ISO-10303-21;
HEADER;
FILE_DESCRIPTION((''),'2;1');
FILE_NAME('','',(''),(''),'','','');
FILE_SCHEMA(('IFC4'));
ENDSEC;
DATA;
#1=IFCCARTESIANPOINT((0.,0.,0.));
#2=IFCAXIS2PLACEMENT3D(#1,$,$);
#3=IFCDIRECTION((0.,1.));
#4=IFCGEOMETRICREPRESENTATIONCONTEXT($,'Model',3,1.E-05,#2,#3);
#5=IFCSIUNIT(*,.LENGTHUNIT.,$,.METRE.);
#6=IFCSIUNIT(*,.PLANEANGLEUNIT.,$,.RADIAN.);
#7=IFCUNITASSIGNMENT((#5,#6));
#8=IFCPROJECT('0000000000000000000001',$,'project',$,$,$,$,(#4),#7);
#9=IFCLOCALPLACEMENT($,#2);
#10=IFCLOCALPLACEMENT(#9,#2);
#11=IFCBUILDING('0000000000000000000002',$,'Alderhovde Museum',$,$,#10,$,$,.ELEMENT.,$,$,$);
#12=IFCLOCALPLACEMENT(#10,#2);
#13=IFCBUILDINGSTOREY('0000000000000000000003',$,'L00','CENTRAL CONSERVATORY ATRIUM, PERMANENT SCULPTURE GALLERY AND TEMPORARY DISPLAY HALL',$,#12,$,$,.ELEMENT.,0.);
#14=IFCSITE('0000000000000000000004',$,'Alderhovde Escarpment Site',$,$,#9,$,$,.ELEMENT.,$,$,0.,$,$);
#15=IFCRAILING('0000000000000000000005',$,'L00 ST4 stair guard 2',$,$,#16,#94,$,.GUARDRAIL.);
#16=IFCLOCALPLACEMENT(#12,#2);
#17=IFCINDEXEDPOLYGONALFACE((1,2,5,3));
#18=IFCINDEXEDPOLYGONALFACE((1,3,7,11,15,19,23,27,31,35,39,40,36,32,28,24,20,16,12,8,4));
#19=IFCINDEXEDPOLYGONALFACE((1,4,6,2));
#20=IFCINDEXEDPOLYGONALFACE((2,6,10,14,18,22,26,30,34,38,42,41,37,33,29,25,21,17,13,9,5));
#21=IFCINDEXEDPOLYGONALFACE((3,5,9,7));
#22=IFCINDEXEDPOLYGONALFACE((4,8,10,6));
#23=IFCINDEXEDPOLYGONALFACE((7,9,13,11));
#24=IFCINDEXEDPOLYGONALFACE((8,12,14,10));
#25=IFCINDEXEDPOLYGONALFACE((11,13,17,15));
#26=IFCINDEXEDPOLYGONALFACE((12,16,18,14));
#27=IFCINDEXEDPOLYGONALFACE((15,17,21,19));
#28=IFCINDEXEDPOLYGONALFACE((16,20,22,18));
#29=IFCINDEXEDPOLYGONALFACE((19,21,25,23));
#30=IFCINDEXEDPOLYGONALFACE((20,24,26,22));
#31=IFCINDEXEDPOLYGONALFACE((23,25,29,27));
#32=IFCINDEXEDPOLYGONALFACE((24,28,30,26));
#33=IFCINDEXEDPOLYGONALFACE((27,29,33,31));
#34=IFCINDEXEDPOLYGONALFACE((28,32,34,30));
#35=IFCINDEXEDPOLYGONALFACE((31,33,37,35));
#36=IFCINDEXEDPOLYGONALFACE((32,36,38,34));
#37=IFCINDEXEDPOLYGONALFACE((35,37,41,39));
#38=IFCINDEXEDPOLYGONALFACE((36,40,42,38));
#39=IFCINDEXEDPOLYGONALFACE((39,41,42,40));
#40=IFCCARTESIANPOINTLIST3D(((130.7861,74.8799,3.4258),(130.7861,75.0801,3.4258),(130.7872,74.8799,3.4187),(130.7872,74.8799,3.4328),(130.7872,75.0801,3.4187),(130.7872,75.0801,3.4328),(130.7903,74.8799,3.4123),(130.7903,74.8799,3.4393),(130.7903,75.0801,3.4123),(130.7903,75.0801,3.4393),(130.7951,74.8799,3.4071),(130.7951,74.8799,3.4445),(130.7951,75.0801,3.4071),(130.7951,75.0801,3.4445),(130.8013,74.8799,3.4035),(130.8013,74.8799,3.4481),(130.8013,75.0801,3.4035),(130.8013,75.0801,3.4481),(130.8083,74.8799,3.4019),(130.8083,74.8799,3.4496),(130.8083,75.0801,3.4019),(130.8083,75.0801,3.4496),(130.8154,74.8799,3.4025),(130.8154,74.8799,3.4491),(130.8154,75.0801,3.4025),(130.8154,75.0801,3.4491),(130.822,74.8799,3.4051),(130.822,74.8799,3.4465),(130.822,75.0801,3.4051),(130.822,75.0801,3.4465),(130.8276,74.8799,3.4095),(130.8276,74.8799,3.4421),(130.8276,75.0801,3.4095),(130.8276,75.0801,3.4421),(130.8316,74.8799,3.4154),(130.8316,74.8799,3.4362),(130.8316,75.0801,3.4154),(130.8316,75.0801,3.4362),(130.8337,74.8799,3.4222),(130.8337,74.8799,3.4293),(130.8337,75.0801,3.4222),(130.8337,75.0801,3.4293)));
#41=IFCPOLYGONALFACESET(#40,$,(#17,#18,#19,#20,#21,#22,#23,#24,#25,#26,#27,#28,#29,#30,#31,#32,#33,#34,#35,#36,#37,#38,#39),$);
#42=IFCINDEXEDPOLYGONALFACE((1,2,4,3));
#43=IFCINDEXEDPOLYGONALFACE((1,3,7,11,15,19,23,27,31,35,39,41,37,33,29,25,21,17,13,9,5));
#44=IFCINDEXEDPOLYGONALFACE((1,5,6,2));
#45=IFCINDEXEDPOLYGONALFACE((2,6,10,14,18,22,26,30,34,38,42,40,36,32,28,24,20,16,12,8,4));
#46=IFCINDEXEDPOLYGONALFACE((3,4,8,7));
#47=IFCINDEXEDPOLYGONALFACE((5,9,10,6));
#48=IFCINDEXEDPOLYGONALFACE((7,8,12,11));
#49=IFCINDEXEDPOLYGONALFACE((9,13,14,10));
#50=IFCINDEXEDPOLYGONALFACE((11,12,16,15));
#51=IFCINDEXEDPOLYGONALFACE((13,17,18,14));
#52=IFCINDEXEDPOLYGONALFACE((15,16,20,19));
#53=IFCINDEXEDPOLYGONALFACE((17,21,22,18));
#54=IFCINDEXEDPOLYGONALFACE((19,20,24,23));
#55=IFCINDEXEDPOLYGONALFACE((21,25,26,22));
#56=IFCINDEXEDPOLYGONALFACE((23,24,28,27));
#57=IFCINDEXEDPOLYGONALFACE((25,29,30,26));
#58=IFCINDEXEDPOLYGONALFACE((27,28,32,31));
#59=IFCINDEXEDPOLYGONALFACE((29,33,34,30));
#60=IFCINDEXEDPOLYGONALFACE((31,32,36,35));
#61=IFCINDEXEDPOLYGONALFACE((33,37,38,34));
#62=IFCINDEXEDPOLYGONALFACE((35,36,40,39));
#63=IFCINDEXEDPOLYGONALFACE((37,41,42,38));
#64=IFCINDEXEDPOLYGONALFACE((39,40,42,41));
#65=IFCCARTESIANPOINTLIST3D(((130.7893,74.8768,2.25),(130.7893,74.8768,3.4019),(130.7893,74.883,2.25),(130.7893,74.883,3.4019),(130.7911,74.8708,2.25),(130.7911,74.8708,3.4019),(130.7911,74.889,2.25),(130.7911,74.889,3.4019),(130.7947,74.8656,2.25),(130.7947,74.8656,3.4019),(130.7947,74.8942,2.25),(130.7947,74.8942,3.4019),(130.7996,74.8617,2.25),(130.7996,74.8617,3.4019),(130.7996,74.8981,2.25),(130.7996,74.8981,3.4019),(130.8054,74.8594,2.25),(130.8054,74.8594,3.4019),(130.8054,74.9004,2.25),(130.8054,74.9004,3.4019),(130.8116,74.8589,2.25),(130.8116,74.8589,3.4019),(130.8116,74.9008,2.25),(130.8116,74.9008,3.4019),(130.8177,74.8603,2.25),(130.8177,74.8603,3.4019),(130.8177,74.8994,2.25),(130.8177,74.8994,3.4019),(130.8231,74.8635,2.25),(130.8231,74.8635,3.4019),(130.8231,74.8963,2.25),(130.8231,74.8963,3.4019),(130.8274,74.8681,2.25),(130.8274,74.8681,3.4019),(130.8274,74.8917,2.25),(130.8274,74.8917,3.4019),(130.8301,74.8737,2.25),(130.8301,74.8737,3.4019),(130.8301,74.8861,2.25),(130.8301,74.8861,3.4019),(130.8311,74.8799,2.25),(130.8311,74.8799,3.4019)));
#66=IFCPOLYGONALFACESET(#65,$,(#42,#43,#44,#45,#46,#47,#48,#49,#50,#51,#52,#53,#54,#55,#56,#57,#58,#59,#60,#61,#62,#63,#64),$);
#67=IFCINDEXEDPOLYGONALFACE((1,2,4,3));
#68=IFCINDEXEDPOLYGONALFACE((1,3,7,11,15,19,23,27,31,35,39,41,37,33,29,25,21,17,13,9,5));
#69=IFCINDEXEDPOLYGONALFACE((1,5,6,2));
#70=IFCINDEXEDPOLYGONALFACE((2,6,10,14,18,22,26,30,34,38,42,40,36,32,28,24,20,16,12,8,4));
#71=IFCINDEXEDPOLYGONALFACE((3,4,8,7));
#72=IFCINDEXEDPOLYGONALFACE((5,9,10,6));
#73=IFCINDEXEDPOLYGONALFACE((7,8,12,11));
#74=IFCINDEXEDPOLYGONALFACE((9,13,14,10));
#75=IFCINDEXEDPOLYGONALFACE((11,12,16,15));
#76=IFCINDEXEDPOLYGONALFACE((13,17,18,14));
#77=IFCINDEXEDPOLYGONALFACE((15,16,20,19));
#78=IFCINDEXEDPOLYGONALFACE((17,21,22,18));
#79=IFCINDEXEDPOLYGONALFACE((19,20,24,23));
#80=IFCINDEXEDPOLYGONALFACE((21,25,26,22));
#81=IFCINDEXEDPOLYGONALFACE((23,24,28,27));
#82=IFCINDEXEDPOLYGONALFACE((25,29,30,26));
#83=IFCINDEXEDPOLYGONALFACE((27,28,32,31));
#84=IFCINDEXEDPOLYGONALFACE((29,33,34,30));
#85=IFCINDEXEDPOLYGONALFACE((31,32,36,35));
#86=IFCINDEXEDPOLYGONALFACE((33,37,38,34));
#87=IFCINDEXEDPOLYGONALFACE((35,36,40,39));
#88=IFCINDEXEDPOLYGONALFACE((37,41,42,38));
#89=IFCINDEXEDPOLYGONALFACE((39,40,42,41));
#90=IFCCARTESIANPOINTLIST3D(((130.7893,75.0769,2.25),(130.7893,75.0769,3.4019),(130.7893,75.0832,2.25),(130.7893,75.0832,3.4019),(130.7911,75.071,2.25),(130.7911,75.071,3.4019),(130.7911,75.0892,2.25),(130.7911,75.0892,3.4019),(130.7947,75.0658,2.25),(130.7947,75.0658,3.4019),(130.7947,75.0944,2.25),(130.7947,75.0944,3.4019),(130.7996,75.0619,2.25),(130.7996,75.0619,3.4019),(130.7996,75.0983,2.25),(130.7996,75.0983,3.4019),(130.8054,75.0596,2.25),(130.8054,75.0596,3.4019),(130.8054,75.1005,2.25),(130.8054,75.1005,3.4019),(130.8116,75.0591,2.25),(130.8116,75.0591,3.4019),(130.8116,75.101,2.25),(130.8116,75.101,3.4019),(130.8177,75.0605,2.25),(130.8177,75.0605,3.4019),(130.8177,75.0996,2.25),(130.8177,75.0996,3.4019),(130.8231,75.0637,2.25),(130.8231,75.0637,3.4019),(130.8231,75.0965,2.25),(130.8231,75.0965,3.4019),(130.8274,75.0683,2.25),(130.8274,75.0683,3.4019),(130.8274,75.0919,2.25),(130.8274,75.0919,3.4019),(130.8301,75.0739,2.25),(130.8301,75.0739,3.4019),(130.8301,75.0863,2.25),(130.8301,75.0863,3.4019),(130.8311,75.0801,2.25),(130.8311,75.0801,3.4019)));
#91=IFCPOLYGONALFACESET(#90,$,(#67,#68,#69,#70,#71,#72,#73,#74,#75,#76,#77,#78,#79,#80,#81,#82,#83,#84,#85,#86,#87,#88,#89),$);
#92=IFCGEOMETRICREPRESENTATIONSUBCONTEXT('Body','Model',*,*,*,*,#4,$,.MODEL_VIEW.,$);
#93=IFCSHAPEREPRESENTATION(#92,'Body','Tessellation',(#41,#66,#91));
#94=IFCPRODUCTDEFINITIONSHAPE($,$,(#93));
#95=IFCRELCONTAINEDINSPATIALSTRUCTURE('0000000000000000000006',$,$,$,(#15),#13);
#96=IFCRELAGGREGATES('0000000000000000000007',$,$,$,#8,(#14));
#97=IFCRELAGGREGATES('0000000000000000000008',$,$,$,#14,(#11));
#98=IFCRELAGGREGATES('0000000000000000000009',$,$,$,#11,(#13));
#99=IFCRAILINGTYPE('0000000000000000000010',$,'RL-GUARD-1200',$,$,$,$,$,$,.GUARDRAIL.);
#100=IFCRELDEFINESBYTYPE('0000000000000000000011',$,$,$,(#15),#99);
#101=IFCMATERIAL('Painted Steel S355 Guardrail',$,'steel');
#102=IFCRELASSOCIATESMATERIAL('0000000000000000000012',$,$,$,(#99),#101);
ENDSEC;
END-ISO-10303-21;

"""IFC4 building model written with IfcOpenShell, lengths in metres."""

from ifc_helpers import new_model, si_unit, direction, frame, origin, origin_2d, place, context, subcontext, project, spatial, circle, extrude, material, type_object, element, save


model = new_model("IFC4")

# Units and contexts
model_context = context("Model", 3, precision=1e-05, world=origin(), true_north=direction((0.0, 1.0)))
body_context = subcontext(model_context, "Body", "Model", "MODEL_VIEW")
ifc_project = project(units=[si_unit("LENGTHUNIT", "METRE"), si_unit("PLANEANGLEUNIT", "RADIAN")], contexts=[model_context])

# Site, building, storey
site_placement = place(None, origin())
site = spatial("IfcSite", under=ifc_project, at=site_placement, Name="Alderhovde Escarpment Site", CompositionType="ELEMENT", RefElevation=0.0)
building_placement = place(site_placement, origin())
building = spatial("IfcBuilding", under=site, at=building_placement, Name="Alderhovde Museum", CompositionType="ELEMENT")
storey_placement = place(building_placement, origin())
storey = spatial("IfcBuildingStorey", under=building, at=storey_placement, Name="L00", Description="CENTRAL CONSERVATORY ATRIUM, PERMANENT SCULPTURE GALLERY AND TEMPORARY DISPLAY HALL", CompositionType="ELEMENT", Elevation=0.0)

# Railing
ifc_material_1 = material(Name="Painted Steel S355 Guardrail", Category="steel")
railing_type_1 = type_object("IfcRailingType", Name="RL-GUARD-1200", PredefinedType="GUARDRAIL", material=ifc_material_1)
railing_1_placement = place(storey_placement, frame((130.8101, 74.8799, 2.25)))
element("IfcRailing", 1, at=railing_1_placement, inside=storey, type_object=railing_type_1, Name="L00 ST4 stair guard 2", PredefinedType="GUARDRAIL", context=body_context, shape_type="SweptSolid", body=[
    extrude(circle(Radius=0.0239, at=origin_2d()), frame((0.0, 0.0, 1.1758), z_axis=(0.0, 1.0, 0.0), x_axis=(-1.0, 0.0, 0.0)), (0.0, 0.0, 1.0), 0.2002),
    extrude(circle(Radius=0.021, at=origin_2d()), origin(), (0.0, 0.0, 1.0), 1.1519),
    extrude(circle(Radius=0.021, at=origin_2d()), frame((0.0, 0.2002, 0.0)), (0.0, 0.0, 1.0), 1.1519),
])

save(model, "model.ifc")
